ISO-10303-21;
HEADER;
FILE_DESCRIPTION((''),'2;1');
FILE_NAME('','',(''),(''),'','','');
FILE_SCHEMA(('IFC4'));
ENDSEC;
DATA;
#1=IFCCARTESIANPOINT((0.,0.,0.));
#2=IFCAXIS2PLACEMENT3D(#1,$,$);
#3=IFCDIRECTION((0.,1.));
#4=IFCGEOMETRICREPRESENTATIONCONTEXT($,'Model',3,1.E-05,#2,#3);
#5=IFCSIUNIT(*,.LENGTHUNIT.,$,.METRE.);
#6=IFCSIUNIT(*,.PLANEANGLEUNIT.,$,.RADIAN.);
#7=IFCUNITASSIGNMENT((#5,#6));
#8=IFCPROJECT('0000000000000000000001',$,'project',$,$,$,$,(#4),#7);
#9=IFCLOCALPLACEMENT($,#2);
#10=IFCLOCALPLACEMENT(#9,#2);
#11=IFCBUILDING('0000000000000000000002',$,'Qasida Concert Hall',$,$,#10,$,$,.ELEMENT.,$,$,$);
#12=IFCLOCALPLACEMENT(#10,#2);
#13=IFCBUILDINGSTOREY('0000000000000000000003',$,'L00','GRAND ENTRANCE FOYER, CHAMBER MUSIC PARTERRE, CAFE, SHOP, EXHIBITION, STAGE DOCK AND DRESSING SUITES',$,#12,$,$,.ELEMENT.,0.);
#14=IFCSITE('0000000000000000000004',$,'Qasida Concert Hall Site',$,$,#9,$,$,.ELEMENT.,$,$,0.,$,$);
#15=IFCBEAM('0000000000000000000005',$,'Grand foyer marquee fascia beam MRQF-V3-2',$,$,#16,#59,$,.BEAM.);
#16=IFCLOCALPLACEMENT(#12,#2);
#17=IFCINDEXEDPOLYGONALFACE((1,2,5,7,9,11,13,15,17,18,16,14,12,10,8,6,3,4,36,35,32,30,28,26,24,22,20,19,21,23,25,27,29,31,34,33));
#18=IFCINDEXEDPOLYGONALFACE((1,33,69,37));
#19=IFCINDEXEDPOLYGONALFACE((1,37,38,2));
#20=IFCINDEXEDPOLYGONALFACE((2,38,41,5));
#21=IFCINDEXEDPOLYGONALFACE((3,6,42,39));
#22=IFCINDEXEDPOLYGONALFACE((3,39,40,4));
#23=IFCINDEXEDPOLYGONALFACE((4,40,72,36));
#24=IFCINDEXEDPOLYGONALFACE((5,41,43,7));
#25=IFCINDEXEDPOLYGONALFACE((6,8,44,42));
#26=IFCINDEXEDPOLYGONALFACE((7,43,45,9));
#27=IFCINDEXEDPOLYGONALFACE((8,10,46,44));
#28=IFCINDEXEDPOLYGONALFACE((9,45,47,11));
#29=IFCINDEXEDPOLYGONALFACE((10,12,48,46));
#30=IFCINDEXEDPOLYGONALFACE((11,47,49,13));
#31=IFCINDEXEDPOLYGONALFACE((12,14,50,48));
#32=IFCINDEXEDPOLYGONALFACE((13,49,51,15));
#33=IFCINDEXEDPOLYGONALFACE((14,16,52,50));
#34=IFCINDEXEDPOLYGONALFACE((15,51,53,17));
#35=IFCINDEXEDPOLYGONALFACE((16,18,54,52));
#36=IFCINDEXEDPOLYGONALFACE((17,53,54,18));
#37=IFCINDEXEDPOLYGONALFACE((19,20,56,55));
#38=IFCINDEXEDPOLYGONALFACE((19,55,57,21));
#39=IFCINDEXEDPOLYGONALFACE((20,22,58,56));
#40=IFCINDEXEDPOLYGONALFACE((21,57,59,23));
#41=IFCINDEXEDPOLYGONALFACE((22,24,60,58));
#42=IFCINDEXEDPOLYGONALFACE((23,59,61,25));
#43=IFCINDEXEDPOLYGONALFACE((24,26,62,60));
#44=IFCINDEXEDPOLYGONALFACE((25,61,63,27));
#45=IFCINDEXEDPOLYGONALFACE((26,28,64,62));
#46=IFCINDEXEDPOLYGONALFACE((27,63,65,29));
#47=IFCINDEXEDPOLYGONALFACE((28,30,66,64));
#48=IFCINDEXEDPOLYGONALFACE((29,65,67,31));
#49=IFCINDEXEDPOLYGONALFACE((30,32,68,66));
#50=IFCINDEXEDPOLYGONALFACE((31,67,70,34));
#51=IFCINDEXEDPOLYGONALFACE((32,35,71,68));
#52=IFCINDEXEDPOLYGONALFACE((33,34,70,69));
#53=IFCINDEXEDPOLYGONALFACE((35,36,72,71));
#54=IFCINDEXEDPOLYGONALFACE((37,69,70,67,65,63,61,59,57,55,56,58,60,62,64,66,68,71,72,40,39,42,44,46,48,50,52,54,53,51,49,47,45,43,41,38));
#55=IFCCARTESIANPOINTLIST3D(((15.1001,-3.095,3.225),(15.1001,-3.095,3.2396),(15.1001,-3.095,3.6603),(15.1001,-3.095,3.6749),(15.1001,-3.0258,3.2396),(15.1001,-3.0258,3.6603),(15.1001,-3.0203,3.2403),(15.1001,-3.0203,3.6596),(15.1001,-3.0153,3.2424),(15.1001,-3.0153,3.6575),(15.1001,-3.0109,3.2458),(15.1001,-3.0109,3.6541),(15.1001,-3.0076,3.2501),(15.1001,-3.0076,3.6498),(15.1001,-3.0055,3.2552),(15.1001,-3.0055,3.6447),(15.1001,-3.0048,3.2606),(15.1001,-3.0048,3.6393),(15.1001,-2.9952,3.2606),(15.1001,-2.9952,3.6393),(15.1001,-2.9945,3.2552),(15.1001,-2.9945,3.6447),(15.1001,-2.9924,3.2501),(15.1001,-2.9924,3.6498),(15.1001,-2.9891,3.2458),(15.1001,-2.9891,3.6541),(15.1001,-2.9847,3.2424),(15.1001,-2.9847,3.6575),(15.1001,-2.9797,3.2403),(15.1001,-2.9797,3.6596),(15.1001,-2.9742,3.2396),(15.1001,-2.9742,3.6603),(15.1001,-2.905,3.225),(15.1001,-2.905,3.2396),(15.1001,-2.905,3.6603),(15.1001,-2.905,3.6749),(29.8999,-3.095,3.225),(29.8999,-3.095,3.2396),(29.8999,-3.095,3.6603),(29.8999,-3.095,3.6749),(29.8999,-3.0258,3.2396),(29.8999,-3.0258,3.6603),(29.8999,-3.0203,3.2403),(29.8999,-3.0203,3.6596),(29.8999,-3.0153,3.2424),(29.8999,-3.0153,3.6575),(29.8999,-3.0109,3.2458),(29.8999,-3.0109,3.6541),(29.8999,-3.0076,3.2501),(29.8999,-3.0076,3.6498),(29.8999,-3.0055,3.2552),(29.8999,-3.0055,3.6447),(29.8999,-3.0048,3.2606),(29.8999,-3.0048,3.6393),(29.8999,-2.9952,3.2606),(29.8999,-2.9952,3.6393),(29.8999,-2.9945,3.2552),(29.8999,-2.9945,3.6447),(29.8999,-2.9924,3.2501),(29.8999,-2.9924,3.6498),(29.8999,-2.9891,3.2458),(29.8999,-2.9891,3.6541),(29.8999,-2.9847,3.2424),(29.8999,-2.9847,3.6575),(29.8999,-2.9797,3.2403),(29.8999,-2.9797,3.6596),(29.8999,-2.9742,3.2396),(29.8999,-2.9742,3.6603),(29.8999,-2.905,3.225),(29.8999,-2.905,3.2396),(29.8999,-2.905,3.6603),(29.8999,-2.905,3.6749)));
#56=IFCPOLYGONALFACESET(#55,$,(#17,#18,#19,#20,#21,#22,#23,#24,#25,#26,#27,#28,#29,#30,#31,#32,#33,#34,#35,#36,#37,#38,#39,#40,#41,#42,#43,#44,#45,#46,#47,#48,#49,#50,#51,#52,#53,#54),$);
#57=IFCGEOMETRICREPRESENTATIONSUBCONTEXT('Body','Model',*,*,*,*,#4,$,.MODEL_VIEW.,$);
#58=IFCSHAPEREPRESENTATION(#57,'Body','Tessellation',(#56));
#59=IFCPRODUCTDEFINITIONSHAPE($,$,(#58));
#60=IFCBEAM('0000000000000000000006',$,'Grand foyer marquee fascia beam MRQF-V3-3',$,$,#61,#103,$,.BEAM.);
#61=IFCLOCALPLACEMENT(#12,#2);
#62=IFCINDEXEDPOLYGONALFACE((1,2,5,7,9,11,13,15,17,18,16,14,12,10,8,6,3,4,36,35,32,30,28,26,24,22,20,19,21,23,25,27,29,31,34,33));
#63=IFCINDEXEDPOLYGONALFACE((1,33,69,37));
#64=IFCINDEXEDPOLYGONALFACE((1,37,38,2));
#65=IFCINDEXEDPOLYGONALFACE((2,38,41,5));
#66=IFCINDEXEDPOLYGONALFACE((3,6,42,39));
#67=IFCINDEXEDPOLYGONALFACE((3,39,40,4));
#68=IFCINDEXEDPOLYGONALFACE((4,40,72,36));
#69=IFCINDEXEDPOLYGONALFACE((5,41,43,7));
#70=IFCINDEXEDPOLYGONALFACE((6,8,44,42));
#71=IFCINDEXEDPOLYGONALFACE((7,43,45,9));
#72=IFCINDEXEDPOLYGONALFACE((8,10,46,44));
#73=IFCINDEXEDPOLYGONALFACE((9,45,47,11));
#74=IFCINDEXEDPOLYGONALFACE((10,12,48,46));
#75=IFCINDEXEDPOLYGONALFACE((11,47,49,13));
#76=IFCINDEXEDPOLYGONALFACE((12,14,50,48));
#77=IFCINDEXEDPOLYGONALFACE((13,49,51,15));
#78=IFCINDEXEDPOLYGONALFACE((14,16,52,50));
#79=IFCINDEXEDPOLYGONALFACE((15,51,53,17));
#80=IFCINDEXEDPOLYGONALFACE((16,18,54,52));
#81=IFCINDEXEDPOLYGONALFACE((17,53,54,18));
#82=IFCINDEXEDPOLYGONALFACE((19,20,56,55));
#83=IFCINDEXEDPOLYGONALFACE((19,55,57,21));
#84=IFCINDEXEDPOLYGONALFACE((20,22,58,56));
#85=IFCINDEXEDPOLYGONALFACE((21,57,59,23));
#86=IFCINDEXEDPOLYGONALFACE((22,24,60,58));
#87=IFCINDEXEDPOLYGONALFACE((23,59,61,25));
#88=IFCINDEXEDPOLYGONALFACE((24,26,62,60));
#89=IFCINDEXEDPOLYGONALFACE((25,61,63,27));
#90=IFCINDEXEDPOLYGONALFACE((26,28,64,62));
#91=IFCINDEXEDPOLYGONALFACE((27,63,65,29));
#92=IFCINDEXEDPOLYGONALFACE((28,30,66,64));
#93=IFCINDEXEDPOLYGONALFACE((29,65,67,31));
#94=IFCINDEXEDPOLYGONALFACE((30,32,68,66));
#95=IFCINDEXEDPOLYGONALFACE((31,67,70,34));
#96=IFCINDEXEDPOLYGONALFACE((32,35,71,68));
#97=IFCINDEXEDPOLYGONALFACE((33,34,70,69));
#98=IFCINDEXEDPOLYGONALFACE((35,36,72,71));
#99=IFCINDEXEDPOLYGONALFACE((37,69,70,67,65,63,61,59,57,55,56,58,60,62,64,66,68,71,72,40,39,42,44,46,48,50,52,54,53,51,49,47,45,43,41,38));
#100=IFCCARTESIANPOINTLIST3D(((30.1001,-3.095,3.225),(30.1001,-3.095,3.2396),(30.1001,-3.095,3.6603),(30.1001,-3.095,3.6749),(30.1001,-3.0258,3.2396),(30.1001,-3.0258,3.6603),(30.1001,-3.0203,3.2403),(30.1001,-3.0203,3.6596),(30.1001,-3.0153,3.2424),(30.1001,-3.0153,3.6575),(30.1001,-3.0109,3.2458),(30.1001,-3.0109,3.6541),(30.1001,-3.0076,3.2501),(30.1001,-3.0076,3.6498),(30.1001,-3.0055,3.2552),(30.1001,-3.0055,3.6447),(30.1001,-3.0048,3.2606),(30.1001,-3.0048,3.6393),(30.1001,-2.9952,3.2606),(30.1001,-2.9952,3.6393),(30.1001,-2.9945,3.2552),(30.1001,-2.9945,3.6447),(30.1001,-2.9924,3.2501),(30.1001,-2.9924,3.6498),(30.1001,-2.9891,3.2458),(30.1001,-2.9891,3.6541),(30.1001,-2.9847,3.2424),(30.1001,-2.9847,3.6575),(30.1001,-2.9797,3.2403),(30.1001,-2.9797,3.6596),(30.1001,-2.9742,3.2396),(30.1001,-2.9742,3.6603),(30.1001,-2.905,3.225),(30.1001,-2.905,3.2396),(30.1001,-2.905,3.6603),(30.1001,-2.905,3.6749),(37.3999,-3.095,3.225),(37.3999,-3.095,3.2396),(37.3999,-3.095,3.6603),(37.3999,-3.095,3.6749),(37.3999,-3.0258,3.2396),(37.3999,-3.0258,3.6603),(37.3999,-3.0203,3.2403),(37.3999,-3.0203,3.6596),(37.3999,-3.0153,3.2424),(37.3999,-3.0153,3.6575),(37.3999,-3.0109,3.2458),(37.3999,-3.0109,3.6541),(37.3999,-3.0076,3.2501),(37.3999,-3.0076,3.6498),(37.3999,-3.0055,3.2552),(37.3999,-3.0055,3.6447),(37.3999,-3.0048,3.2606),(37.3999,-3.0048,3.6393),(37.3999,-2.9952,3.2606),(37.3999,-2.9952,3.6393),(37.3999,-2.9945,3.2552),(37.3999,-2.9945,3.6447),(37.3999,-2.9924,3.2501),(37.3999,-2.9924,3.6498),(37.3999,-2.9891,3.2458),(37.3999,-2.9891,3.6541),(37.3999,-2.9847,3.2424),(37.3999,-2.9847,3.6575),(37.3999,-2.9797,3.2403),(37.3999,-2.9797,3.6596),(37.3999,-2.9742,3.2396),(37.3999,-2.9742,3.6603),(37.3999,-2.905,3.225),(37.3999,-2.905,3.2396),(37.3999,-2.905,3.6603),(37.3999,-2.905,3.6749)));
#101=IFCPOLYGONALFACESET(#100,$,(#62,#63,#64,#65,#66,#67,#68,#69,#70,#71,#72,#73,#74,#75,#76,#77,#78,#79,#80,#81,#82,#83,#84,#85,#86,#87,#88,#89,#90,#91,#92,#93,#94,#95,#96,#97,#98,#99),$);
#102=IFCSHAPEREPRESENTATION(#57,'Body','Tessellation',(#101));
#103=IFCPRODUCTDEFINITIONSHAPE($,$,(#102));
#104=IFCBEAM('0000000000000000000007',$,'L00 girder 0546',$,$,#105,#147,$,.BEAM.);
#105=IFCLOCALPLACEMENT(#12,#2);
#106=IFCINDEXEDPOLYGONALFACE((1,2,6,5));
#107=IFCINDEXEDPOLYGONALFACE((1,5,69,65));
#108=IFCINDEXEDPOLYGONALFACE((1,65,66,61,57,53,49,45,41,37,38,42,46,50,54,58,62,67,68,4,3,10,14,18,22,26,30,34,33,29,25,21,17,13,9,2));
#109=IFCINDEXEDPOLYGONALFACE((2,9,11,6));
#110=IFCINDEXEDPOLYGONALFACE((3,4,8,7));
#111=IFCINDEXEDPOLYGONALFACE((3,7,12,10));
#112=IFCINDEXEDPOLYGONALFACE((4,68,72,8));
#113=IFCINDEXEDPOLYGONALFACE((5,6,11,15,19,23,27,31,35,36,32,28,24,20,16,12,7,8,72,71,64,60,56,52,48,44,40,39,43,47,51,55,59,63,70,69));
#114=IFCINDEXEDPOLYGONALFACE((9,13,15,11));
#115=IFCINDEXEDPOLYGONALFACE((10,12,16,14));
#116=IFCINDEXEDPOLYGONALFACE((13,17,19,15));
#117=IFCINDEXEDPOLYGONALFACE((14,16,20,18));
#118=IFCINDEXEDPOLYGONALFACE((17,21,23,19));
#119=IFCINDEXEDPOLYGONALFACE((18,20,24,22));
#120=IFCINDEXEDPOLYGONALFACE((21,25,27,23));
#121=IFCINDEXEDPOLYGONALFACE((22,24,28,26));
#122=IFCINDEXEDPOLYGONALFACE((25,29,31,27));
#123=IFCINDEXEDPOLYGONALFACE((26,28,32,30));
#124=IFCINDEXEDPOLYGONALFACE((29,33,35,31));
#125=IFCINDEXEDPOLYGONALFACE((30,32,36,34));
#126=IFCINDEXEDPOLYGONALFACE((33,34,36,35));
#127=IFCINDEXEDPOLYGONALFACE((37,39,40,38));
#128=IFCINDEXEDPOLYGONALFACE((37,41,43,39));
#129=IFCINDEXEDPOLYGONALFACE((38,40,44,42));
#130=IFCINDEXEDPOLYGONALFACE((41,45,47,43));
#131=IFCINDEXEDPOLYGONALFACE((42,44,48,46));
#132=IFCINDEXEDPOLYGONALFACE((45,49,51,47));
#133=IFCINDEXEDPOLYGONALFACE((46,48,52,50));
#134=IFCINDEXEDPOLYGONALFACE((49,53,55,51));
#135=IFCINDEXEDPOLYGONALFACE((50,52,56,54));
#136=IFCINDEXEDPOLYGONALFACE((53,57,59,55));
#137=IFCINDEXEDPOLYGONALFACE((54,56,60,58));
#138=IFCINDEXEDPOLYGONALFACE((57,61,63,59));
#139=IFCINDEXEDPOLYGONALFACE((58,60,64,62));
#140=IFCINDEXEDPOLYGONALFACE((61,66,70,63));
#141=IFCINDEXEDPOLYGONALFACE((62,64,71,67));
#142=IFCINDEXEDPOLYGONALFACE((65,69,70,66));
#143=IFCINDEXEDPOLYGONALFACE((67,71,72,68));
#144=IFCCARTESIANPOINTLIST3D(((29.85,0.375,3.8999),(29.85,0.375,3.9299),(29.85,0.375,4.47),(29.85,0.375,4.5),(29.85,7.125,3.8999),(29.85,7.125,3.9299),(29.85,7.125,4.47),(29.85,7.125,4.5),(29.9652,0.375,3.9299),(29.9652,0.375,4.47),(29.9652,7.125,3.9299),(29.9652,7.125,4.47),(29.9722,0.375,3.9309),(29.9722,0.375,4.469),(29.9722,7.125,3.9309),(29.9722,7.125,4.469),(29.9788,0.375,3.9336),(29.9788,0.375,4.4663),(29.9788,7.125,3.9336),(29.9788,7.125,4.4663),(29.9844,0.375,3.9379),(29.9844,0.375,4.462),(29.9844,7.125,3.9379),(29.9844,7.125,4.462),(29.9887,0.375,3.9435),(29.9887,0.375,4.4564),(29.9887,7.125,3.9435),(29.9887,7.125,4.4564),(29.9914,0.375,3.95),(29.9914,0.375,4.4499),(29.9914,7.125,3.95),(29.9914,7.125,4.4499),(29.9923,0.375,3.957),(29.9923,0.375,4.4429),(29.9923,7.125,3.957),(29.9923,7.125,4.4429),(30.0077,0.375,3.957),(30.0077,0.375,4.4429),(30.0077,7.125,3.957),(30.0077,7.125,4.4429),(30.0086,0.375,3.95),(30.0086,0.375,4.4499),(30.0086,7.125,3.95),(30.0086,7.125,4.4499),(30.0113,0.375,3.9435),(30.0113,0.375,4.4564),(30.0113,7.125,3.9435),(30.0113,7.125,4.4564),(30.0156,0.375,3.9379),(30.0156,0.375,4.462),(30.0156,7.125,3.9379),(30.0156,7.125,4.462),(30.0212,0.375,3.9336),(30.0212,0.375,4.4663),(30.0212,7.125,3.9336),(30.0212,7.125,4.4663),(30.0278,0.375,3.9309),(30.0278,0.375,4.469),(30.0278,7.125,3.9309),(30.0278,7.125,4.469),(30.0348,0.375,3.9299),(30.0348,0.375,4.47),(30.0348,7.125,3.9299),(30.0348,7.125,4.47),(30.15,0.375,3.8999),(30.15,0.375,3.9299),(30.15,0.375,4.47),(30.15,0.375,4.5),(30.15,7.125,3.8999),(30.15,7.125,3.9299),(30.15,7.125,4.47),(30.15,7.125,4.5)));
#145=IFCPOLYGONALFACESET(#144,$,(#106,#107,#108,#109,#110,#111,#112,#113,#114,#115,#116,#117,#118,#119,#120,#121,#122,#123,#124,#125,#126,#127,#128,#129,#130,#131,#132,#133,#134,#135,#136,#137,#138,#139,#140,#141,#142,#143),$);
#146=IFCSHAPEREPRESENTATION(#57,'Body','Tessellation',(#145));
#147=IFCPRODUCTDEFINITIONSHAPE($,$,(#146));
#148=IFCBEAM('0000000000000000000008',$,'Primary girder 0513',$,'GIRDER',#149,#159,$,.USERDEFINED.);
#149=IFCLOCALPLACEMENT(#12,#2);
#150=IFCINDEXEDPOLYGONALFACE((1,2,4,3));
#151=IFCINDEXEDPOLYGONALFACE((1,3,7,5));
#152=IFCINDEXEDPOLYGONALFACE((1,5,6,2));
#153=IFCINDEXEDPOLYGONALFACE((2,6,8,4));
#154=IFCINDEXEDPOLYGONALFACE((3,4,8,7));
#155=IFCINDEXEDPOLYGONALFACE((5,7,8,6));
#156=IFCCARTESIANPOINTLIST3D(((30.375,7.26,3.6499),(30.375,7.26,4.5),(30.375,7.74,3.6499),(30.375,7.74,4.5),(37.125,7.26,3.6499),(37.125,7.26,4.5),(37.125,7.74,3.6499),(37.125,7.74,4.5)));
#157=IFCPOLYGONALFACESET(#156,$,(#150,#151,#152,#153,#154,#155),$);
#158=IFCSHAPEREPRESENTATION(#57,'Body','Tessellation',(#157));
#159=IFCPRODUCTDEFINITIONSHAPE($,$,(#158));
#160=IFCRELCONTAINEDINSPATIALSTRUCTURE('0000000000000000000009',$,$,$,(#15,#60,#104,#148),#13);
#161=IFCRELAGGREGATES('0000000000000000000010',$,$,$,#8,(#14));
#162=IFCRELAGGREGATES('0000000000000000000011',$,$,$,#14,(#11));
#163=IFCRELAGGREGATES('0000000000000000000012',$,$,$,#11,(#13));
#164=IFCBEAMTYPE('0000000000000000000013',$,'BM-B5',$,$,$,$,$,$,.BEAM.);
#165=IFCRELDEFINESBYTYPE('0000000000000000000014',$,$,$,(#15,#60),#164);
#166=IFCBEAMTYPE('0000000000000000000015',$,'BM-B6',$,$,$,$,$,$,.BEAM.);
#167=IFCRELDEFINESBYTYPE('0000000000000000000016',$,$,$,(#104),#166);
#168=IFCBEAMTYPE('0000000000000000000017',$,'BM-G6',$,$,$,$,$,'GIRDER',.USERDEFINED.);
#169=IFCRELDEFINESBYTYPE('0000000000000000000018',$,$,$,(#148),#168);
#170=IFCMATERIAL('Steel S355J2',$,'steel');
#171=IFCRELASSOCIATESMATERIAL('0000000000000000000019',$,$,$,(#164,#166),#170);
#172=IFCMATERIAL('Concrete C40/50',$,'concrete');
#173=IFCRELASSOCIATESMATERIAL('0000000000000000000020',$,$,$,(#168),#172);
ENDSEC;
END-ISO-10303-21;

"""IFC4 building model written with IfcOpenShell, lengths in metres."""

from ifc_helpers import new_model, si_unit, direction, frame, origin, origin_2d, place, context, subcontext, project, spatial, rectangle, i_section, extrude, material, material_profile, profile_set, type_object, element, save


model = new_model("IFC4")

# Units and contexts
model_context = context("Model", 3, precision=1e-05, world=origin(), true_north=direction((0.0, 1.0)))
body_context = subcontext(model_context, "Body", "Model", "MODEL_VIEW")
ifc_project = project(units=[si_unit("LENGTHUNIT", "METRE"), si_unit("PLANEANGLEUNIT", "RADIAN")], contexts=[model_context])

# Site, building, storey
site_placement = place(None, origin())
site = spatial("IfcSite", under=ifc_project, at=site_placement, Name="Qasida Concert Hall Site", CompositionType="ELEMENT", RefElevation=0.0)
building_placement = place(site_placement, origin())
building = spatial("IfcBuilding", under=site, at=building_placement, Name="Qasida Concert Hall", CompositionType="ELEMENT")
storey_placement = place(building_placement, origin())
storey = spatial("IfcBuildingStorey", under=building, at=storey_placement, Name="L00", Description="GRAND ENTRANCE FOYER, CHAMBER MUSIC PARTERRE, CAFE, SHOP, EXHIBITION, STAGE DOCK AND DRESSING SUITES", CompositionType="ELEMENT", Elevation=0.0)

# Beams
ifc_material_1 = material(Name="Steel S355J2", Category="steel")
ifc_material_profile_1 = material_profile(ifc_material_1, i_section(OverallWidth=0.1899, OverallDepth=0.45, WebThickness=0.0095, FlangeThickness=0.0146, FilletRadius=0.021, at=origin_2d()), Name="IPE 450")
ifc_profile_set_1 = profile_set([ifc_material_profile_1], Name="Steel S355J2")
beam_type_1 = type_object("IfcBeamType", Name="BM-B5", PredefinedType="BEAM", material=ifc_profile_set_1)
beam_1_placement = place(storey_placement, frame((15.1001, -3.0, 3.45), z_axis=(1.0, 0.0, 0.0), x_axis=(0.0, 1.0, 0.0)))
element("IfcBeam", 1, at=beam_1_placement, inside=storey, type_object=beam_type_1, Name="Grand foyer marquee fascia beam MRQF-V3-2", PredefinedType="BEAM", context=body_context, shape_type="SweptSolid", body=[
    extrude(i_section(OverallWidth=0.1899, OverallDepth=0.45, WebThickness=0.0095, FlangeThickness=0.0146, FilletRadius=0.021, at=origin_2d()), origin(), (0.0, 0.0, 1.0), 14.7998),
])
beam_2_placement = place(storey_placement, frame((30.1001, -3.0, 3.45), z_axis=(1.0, 0.0, 0.0), x_axis=(0.0, 1.0, 0.0)))
element("IfcBeam", 2, at=beam_2_placement, inside=storey, type_object=beam_type_1, Name="Grand foyer marquee fascia beam MRQF-V3-3", PredefinedType="BEAM", context=body_context, shape_type="SweptSolid", body=[
    extrude(i_section(OverallWidth=0.1899, OverallDepth=0.45, WebThickness=0.0095, FlangeThickness=0.0146, FilletRadius=0.021, at=origin_2d()), origin(), (0.0, 0.0, 1.0), 7.2998),
])
ifc_material_profile_2 = material_profile(ifc_material_1, i_section(OverallWidth=0.3, OverallDepth=0.6001, WebThickness=0.0154, FlangeThickness=0.03, FilletRadius=0.0271, at=origin_2d()), Name="HEB 600")
ifc_profile_set_2 = profile_set([ifc_material_profile_2], Name="Steel S355J2")
beam_type_2 = type_object("IfcBeamType", Name="BM-B6", PredefinedType="BEAM", material=ifc_profile_set_2)
beam_3_placement = place(storey_placement, frame((30.0, 0.375, 4.2), z_axis=(0.0, 1.0, 0.0), x_axis=(-1.0, 0.0, 0.0)))
element("IfcBeam", 3, at=beam_3_placement, inside=storey, type_object=beam_type_2, Name="L00 girder 0546", PredefinedType="BEAM", context=body_context, shape_type="SweptSolid", body=[
    extrude(i_section(OverallWidth=0.3, OverallDepth=0.6001, WebThickness=0.0154, FlangeThickness=0.03, FilletRadius=0.0271, at=origin_2d()), origin(), (0.0, 0.0, 1.0), 6.75),
])
ifc_material_2 = material(Name="Concrete C40/50", Category="concrete")
ifc_material_profile_3 = material_profile(ifc_material_2, rectangle(XDim=0.48, YDim=0.8501, at=origin_2d()), Name="RC 480x850")
ifc_profile_set_3 = profile_set([ifc_material_profile_3], Name="Concrete C40/50")
beam_type_3 = type_object("IfcBeamType", Name="BM-G6", ElementType="GIRDER", PredefinedType="USERDEFINED", material=ifc_profile_set_3)
beam_4_placement = place(storey_placement, frame((30.375, 7.5, 4.075), z_axis=(1.0, 0.0, 0.0), x_axis=(0.0, 1.0, 0.0)))
element("IfcBeam", 4, at=beam_4_placement, inside=storey, type_object=beam_type_3, Name="Primary girder 0513", ObjectType="GIRDER", PredefinedType="USERDEFINED", context=body_context, shape_type="SweptSolid", body=[
    extrude(rectangle(XDim=0.48, YDim=0.8501, at=origin_2d()), origin(), (0.0, 0.0, 1.0), 6.75),
])

save(model, "model.ifc")
